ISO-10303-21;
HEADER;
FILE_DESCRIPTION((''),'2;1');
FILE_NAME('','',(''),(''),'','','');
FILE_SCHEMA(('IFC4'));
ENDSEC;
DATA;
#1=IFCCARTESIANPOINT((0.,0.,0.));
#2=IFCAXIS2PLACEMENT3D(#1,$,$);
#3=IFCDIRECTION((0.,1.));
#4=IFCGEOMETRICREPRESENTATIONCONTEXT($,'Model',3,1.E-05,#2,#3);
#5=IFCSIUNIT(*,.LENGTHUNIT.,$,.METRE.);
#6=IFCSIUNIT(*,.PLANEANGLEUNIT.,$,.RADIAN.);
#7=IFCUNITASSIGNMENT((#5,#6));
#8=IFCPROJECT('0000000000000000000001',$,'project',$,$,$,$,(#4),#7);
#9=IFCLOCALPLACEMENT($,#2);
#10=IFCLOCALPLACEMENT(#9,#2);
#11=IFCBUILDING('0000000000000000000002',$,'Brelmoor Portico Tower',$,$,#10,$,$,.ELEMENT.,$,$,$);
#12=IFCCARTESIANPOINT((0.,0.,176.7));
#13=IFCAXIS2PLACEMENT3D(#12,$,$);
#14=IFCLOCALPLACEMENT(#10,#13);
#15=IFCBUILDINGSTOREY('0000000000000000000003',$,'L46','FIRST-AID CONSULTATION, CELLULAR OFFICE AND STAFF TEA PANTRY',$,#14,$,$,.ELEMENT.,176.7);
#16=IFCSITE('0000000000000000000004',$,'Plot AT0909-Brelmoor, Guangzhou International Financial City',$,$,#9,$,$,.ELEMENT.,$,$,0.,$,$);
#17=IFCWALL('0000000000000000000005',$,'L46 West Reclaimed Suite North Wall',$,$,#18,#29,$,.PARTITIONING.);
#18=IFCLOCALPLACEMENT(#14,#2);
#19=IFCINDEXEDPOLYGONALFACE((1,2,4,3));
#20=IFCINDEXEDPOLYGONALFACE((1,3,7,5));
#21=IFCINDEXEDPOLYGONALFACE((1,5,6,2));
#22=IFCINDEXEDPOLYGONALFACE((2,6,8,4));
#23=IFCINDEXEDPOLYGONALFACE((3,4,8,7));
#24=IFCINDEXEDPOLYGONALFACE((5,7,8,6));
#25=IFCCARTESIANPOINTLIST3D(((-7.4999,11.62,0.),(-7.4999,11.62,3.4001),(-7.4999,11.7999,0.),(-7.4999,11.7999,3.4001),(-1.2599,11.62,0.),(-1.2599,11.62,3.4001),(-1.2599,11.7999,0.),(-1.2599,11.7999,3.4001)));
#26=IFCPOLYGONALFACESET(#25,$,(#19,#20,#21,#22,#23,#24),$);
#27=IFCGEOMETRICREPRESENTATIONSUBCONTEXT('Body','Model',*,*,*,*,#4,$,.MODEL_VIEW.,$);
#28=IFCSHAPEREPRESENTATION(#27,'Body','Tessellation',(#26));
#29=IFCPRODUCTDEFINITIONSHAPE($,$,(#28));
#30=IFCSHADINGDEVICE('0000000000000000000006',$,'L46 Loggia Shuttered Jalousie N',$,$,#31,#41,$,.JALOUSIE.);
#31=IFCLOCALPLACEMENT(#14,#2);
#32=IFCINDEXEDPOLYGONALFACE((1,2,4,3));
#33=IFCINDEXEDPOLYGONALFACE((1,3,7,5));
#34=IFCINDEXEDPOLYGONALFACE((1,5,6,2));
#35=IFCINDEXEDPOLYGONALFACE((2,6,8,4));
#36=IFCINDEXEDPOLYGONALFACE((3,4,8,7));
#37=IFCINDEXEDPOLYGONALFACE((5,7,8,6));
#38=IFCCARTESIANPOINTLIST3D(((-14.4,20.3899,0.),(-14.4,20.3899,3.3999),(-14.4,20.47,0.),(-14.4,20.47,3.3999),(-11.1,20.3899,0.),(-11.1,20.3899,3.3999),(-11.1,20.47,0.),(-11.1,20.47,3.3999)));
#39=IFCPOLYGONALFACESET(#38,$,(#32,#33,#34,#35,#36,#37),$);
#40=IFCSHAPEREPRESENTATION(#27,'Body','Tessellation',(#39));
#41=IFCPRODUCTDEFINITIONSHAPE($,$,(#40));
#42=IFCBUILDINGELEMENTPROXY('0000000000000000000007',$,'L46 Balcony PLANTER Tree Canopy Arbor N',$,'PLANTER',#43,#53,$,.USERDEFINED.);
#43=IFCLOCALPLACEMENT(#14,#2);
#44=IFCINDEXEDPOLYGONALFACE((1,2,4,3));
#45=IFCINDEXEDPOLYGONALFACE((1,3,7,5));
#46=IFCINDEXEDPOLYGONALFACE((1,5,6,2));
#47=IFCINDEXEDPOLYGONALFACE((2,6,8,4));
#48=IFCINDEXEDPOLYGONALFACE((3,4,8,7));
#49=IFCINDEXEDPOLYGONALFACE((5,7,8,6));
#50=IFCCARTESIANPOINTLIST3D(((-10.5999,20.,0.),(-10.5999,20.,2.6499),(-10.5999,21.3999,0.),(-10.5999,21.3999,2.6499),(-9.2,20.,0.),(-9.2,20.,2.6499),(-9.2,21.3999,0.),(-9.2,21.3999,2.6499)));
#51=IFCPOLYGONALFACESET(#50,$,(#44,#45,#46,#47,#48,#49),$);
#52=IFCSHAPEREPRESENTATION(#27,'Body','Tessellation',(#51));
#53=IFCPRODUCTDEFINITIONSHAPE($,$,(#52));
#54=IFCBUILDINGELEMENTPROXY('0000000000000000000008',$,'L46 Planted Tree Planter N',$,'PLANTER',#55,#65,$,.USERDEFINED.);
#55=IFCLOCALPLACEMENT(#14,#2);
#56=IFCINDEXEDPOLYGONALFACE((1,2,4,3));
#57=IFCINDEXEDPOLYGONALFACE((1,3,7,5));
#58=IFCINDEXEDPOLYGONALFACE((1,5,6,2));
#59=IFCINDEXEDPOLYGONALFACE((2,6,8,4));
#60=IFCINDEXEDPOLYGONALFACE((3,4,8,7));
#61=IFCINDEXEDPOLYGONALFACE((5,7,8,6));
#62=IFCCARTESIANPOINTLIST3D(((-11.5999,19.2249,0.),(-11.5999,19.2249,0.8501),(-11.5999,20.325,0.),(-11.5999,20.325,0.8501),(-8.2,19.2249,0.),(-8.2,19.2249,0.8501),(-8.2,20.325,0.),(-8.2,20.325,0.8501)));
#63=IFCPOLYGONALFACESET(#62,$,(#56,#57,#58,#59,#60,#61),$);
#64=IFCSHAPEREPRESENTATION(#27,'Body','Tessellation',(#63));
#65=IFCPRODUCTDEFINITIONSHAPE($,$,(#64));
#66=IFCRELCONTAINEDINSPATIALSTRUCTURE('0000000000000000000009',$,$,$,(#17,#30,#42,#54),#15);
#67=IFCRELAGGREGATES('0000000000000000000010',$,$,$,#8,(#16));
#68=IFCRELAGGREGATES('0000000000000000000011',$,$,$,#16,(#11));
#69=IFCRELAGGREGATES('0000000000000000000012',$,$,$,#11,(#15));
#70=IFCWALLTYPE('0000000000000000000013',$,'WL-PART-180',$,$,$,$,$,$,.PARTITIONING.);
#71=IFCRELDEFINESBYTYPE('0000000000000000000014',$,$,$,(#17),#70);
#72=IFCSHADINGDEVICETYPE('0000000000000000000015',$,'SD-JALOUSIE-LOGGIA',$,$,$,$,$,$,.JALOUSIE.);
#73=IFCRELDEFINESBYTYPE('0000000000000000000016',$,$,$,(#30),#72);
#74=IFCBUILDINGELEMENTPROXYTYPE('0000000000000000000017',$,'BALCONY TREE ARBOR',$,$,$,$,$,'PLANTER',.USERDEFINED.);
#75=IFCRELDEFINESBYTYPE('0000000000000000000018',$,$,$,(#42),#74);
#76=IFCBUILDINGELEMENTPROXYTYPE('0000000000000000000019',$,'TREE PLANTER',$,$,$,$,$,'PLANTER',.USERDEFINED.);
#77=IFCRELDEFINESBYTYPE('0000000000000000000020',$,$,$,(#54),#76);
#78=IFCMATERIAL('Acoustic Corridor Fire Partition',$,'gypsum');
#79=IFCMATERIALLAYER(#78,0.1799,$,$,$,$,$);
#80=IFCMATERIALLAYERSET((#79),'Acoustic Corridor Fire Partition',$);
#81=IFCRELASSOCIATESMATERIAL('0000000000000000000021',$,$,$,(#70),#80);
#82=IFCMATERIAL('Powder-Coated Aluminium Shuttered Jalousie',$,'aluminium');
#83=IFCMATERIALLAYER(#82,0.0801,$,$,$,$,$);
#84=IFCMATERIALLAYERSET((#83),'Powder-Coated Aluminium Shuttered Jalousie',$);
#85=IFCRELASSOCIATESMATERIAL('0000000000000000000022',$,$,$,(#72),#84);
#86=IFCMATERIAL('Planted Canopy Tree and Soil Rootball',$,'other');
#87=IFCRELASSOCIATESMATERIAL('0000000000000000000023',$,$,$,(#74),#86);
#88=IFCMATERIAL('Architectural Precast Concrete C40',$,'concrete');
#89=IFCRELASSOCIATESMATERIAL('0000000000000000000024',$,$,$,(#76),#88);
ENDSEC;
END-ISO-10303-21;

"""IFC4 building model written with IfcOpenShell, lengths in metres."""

from ifc_helpers import new_model, si_unit, direction, frame, frame_2d, origin, origin_2d, place, context, subcontext, project, spatial, rectangle, extrude, material, layer, layer_set, type_object, element, save


model = new_model("IFC4")

# Units and contexts
model_context = context("Model", 3, precision=1e-05, world=origin(), true_north=direction((0.0, 1.0)))
body_context = subcontext(model_context, "Body", "Model", "MODEL_VIEW")
ifc_project = project(units=[si_unit("LENGTHUNIT", "METRE"), si_unit("PLANEANGLEUNIT", "RADIAN")], contexts=[model_context])

# Site, building, storey
site_placement = place(None, origin())
site = spatial("IfcSite", under=ifc_project, at=site_placement, Name="Plot AT0909-Brelmoor, Guangzhou International Financial City", CompositionType="ELEMENT", RefElevation=0.0)
building_placement = place(site_placement, origin())
building = spatial("IfcBuilding", under=site, at=building_placement, Name="Brelmoor Portico Tower", CompositionType="ELEMENT")
storey_placement = place(building_placement, frame((0.0, 0.0, 176.7)))
storey = spatial("IfcBuildingStorey", under=building, at=storey_placement, Name="L46", Description="FIRST-AID CONSULTATION, CELLULAR OFFICE AND STAFF TEA PANTRY", CompositionType="ELEMENT", Elevation=176.7)

# Wall
ifc_material_1 = material(Name="Acoustic Corridor Fire Partition", Category="gypsum")
ifc_layer_1 = layer(ifc_material_1, 0.1799)
ifc_layer_set_1 = layer_set([ifc_layer_1], Name="Acoustic Corridor Fire Partition")
wall_type_1 = type_object("IfcWallType", Name="WL-PART-180", PredefinedType="PARTITIONING", material=ifc_layer_set_1)
wall_1_placement = place(storey_placement, frame((-7.5, 11.71, 0.0), z_axis=(0.0, 0.0, 1.0), x_axis=(1.0, 0.0, 0.0)))
element("IfcWall", 1, at=wall_1_placement, inside=storey, type_object=wall_type_1, Name="L46 West Reclaimed Suite North Wall", PredefinedType="PARTITIONING", context=body_context, shape_type="SweptSolid", body=[
    extrude(rectangle(XDim=6.24, YDim=0.1799, at=frame_2d((3.1201, 0.0))), origin(), (0.0, 0.0, 1.0), 3.4001),
])

# Shading device
ifc_material_2 = material(Name="Powder-Coated Aluminium Shuttered Jalousie", Category="aluminium")
ifc_layer_2 = layer(ifc_material_2, 0.0801)
ifc_layer_set_2 = layer_set([ifc_layer_2], Name="Powder-Coated Aluminium Shuttered Jalousie")
shading_device_type = type_object("IfcShadingDeviceType", Name="SD-JALOUSIE-LOGGIA", PredefinedType="JALOUSIE", material=ifc_layer_set_2)
shading_device_placement = place(storey_placement, frame((-12.75, 20.4299, 0.0), z_axis=(0.0, 0.0, 1.0), x_axis=(1.0, 0.0, 0.0)))
element("IfcShadingDevice", 2, at=shading_device_placement, inside=storey, type_object=shading_device_type, Name="L46 Loggia Shuttered Jalousie N", PredefinedType="JALOUSIE", context=body_context, shape_type="SweptSolid", body=[
    extrude(rectangle(XDim=3.3, YDim=0.0801, at=origin_2d()), origin(), (0.0, 0.0, 1.0), 3.3999),
])

# Building element proxies
ifc_material_3 = material(Name="Planted Canopy Tree and Soil Rootball", Category="other")
building_element_proxy_type_1 = type_object("IfcBuildingElementProxyType", Name="BALCONY TREE ARBOR", ElementType="PLANTER", PredefinedType="USERDEFINED", material=ifc_material_3)
proxy_1_placement = place(storey_placement, frame((-9.8999, 20.7, 0.0), z_axis=(0.0, 0.0, 1.0), x_axis=(1.0, 0.0, 0.0)))
element("IfcBuildingElementProxy", 3, at=proxy_1_placement, inside=storey, type_object=building_element_proxy_type_1, Name="L46 Balcony PLANTER Tree Canopy Arbor N", ObjectType="PLANTER", PredefinedType="USERDEFINED", context=body_context, shape_type="SweptSolid", body=[
    extrude(rectangle(XDim=1.3999, YDim=1.3999, at=origin_2d()), origin(), (0.0, 0.0, 1.0), 2.6499),
])
ifc_material_4 = material(Name="Architectural Precast Concrete C40", Category="concrete")
building_element_proxy_type_2 = type_object("IfcBuildingElementProxyType", Name="TREE PLANTER", ElementType="PLANTER", PredefinedType="USERDEFINED", material=ifc_material_4)
proxy_2_placement = place(storey_placement, frame((-9.8999, 19.7749, 0.0), z_axis=(0.0, 0.0, 1.0), x_axis=(1.0, 0.0, 0.0)))
element("IfcBuildingElementProxy", 4, at=proxy_2_placement, inside=storey, type_object=building_element_proxy_type_2, Name="L46 Planted Tree Planter N", ObjectType="PLANTER", PredefinedType="USERDEFINED", context=body_context, shape_type="SweptSolid", body=[
    extrude(rectangle(XDim=3.3999, YDim=1.1001, at=origin_2d()), origin(), (0.0, 0.0, 1.0), 0.8501),
])

save(model, "model.ifc")
